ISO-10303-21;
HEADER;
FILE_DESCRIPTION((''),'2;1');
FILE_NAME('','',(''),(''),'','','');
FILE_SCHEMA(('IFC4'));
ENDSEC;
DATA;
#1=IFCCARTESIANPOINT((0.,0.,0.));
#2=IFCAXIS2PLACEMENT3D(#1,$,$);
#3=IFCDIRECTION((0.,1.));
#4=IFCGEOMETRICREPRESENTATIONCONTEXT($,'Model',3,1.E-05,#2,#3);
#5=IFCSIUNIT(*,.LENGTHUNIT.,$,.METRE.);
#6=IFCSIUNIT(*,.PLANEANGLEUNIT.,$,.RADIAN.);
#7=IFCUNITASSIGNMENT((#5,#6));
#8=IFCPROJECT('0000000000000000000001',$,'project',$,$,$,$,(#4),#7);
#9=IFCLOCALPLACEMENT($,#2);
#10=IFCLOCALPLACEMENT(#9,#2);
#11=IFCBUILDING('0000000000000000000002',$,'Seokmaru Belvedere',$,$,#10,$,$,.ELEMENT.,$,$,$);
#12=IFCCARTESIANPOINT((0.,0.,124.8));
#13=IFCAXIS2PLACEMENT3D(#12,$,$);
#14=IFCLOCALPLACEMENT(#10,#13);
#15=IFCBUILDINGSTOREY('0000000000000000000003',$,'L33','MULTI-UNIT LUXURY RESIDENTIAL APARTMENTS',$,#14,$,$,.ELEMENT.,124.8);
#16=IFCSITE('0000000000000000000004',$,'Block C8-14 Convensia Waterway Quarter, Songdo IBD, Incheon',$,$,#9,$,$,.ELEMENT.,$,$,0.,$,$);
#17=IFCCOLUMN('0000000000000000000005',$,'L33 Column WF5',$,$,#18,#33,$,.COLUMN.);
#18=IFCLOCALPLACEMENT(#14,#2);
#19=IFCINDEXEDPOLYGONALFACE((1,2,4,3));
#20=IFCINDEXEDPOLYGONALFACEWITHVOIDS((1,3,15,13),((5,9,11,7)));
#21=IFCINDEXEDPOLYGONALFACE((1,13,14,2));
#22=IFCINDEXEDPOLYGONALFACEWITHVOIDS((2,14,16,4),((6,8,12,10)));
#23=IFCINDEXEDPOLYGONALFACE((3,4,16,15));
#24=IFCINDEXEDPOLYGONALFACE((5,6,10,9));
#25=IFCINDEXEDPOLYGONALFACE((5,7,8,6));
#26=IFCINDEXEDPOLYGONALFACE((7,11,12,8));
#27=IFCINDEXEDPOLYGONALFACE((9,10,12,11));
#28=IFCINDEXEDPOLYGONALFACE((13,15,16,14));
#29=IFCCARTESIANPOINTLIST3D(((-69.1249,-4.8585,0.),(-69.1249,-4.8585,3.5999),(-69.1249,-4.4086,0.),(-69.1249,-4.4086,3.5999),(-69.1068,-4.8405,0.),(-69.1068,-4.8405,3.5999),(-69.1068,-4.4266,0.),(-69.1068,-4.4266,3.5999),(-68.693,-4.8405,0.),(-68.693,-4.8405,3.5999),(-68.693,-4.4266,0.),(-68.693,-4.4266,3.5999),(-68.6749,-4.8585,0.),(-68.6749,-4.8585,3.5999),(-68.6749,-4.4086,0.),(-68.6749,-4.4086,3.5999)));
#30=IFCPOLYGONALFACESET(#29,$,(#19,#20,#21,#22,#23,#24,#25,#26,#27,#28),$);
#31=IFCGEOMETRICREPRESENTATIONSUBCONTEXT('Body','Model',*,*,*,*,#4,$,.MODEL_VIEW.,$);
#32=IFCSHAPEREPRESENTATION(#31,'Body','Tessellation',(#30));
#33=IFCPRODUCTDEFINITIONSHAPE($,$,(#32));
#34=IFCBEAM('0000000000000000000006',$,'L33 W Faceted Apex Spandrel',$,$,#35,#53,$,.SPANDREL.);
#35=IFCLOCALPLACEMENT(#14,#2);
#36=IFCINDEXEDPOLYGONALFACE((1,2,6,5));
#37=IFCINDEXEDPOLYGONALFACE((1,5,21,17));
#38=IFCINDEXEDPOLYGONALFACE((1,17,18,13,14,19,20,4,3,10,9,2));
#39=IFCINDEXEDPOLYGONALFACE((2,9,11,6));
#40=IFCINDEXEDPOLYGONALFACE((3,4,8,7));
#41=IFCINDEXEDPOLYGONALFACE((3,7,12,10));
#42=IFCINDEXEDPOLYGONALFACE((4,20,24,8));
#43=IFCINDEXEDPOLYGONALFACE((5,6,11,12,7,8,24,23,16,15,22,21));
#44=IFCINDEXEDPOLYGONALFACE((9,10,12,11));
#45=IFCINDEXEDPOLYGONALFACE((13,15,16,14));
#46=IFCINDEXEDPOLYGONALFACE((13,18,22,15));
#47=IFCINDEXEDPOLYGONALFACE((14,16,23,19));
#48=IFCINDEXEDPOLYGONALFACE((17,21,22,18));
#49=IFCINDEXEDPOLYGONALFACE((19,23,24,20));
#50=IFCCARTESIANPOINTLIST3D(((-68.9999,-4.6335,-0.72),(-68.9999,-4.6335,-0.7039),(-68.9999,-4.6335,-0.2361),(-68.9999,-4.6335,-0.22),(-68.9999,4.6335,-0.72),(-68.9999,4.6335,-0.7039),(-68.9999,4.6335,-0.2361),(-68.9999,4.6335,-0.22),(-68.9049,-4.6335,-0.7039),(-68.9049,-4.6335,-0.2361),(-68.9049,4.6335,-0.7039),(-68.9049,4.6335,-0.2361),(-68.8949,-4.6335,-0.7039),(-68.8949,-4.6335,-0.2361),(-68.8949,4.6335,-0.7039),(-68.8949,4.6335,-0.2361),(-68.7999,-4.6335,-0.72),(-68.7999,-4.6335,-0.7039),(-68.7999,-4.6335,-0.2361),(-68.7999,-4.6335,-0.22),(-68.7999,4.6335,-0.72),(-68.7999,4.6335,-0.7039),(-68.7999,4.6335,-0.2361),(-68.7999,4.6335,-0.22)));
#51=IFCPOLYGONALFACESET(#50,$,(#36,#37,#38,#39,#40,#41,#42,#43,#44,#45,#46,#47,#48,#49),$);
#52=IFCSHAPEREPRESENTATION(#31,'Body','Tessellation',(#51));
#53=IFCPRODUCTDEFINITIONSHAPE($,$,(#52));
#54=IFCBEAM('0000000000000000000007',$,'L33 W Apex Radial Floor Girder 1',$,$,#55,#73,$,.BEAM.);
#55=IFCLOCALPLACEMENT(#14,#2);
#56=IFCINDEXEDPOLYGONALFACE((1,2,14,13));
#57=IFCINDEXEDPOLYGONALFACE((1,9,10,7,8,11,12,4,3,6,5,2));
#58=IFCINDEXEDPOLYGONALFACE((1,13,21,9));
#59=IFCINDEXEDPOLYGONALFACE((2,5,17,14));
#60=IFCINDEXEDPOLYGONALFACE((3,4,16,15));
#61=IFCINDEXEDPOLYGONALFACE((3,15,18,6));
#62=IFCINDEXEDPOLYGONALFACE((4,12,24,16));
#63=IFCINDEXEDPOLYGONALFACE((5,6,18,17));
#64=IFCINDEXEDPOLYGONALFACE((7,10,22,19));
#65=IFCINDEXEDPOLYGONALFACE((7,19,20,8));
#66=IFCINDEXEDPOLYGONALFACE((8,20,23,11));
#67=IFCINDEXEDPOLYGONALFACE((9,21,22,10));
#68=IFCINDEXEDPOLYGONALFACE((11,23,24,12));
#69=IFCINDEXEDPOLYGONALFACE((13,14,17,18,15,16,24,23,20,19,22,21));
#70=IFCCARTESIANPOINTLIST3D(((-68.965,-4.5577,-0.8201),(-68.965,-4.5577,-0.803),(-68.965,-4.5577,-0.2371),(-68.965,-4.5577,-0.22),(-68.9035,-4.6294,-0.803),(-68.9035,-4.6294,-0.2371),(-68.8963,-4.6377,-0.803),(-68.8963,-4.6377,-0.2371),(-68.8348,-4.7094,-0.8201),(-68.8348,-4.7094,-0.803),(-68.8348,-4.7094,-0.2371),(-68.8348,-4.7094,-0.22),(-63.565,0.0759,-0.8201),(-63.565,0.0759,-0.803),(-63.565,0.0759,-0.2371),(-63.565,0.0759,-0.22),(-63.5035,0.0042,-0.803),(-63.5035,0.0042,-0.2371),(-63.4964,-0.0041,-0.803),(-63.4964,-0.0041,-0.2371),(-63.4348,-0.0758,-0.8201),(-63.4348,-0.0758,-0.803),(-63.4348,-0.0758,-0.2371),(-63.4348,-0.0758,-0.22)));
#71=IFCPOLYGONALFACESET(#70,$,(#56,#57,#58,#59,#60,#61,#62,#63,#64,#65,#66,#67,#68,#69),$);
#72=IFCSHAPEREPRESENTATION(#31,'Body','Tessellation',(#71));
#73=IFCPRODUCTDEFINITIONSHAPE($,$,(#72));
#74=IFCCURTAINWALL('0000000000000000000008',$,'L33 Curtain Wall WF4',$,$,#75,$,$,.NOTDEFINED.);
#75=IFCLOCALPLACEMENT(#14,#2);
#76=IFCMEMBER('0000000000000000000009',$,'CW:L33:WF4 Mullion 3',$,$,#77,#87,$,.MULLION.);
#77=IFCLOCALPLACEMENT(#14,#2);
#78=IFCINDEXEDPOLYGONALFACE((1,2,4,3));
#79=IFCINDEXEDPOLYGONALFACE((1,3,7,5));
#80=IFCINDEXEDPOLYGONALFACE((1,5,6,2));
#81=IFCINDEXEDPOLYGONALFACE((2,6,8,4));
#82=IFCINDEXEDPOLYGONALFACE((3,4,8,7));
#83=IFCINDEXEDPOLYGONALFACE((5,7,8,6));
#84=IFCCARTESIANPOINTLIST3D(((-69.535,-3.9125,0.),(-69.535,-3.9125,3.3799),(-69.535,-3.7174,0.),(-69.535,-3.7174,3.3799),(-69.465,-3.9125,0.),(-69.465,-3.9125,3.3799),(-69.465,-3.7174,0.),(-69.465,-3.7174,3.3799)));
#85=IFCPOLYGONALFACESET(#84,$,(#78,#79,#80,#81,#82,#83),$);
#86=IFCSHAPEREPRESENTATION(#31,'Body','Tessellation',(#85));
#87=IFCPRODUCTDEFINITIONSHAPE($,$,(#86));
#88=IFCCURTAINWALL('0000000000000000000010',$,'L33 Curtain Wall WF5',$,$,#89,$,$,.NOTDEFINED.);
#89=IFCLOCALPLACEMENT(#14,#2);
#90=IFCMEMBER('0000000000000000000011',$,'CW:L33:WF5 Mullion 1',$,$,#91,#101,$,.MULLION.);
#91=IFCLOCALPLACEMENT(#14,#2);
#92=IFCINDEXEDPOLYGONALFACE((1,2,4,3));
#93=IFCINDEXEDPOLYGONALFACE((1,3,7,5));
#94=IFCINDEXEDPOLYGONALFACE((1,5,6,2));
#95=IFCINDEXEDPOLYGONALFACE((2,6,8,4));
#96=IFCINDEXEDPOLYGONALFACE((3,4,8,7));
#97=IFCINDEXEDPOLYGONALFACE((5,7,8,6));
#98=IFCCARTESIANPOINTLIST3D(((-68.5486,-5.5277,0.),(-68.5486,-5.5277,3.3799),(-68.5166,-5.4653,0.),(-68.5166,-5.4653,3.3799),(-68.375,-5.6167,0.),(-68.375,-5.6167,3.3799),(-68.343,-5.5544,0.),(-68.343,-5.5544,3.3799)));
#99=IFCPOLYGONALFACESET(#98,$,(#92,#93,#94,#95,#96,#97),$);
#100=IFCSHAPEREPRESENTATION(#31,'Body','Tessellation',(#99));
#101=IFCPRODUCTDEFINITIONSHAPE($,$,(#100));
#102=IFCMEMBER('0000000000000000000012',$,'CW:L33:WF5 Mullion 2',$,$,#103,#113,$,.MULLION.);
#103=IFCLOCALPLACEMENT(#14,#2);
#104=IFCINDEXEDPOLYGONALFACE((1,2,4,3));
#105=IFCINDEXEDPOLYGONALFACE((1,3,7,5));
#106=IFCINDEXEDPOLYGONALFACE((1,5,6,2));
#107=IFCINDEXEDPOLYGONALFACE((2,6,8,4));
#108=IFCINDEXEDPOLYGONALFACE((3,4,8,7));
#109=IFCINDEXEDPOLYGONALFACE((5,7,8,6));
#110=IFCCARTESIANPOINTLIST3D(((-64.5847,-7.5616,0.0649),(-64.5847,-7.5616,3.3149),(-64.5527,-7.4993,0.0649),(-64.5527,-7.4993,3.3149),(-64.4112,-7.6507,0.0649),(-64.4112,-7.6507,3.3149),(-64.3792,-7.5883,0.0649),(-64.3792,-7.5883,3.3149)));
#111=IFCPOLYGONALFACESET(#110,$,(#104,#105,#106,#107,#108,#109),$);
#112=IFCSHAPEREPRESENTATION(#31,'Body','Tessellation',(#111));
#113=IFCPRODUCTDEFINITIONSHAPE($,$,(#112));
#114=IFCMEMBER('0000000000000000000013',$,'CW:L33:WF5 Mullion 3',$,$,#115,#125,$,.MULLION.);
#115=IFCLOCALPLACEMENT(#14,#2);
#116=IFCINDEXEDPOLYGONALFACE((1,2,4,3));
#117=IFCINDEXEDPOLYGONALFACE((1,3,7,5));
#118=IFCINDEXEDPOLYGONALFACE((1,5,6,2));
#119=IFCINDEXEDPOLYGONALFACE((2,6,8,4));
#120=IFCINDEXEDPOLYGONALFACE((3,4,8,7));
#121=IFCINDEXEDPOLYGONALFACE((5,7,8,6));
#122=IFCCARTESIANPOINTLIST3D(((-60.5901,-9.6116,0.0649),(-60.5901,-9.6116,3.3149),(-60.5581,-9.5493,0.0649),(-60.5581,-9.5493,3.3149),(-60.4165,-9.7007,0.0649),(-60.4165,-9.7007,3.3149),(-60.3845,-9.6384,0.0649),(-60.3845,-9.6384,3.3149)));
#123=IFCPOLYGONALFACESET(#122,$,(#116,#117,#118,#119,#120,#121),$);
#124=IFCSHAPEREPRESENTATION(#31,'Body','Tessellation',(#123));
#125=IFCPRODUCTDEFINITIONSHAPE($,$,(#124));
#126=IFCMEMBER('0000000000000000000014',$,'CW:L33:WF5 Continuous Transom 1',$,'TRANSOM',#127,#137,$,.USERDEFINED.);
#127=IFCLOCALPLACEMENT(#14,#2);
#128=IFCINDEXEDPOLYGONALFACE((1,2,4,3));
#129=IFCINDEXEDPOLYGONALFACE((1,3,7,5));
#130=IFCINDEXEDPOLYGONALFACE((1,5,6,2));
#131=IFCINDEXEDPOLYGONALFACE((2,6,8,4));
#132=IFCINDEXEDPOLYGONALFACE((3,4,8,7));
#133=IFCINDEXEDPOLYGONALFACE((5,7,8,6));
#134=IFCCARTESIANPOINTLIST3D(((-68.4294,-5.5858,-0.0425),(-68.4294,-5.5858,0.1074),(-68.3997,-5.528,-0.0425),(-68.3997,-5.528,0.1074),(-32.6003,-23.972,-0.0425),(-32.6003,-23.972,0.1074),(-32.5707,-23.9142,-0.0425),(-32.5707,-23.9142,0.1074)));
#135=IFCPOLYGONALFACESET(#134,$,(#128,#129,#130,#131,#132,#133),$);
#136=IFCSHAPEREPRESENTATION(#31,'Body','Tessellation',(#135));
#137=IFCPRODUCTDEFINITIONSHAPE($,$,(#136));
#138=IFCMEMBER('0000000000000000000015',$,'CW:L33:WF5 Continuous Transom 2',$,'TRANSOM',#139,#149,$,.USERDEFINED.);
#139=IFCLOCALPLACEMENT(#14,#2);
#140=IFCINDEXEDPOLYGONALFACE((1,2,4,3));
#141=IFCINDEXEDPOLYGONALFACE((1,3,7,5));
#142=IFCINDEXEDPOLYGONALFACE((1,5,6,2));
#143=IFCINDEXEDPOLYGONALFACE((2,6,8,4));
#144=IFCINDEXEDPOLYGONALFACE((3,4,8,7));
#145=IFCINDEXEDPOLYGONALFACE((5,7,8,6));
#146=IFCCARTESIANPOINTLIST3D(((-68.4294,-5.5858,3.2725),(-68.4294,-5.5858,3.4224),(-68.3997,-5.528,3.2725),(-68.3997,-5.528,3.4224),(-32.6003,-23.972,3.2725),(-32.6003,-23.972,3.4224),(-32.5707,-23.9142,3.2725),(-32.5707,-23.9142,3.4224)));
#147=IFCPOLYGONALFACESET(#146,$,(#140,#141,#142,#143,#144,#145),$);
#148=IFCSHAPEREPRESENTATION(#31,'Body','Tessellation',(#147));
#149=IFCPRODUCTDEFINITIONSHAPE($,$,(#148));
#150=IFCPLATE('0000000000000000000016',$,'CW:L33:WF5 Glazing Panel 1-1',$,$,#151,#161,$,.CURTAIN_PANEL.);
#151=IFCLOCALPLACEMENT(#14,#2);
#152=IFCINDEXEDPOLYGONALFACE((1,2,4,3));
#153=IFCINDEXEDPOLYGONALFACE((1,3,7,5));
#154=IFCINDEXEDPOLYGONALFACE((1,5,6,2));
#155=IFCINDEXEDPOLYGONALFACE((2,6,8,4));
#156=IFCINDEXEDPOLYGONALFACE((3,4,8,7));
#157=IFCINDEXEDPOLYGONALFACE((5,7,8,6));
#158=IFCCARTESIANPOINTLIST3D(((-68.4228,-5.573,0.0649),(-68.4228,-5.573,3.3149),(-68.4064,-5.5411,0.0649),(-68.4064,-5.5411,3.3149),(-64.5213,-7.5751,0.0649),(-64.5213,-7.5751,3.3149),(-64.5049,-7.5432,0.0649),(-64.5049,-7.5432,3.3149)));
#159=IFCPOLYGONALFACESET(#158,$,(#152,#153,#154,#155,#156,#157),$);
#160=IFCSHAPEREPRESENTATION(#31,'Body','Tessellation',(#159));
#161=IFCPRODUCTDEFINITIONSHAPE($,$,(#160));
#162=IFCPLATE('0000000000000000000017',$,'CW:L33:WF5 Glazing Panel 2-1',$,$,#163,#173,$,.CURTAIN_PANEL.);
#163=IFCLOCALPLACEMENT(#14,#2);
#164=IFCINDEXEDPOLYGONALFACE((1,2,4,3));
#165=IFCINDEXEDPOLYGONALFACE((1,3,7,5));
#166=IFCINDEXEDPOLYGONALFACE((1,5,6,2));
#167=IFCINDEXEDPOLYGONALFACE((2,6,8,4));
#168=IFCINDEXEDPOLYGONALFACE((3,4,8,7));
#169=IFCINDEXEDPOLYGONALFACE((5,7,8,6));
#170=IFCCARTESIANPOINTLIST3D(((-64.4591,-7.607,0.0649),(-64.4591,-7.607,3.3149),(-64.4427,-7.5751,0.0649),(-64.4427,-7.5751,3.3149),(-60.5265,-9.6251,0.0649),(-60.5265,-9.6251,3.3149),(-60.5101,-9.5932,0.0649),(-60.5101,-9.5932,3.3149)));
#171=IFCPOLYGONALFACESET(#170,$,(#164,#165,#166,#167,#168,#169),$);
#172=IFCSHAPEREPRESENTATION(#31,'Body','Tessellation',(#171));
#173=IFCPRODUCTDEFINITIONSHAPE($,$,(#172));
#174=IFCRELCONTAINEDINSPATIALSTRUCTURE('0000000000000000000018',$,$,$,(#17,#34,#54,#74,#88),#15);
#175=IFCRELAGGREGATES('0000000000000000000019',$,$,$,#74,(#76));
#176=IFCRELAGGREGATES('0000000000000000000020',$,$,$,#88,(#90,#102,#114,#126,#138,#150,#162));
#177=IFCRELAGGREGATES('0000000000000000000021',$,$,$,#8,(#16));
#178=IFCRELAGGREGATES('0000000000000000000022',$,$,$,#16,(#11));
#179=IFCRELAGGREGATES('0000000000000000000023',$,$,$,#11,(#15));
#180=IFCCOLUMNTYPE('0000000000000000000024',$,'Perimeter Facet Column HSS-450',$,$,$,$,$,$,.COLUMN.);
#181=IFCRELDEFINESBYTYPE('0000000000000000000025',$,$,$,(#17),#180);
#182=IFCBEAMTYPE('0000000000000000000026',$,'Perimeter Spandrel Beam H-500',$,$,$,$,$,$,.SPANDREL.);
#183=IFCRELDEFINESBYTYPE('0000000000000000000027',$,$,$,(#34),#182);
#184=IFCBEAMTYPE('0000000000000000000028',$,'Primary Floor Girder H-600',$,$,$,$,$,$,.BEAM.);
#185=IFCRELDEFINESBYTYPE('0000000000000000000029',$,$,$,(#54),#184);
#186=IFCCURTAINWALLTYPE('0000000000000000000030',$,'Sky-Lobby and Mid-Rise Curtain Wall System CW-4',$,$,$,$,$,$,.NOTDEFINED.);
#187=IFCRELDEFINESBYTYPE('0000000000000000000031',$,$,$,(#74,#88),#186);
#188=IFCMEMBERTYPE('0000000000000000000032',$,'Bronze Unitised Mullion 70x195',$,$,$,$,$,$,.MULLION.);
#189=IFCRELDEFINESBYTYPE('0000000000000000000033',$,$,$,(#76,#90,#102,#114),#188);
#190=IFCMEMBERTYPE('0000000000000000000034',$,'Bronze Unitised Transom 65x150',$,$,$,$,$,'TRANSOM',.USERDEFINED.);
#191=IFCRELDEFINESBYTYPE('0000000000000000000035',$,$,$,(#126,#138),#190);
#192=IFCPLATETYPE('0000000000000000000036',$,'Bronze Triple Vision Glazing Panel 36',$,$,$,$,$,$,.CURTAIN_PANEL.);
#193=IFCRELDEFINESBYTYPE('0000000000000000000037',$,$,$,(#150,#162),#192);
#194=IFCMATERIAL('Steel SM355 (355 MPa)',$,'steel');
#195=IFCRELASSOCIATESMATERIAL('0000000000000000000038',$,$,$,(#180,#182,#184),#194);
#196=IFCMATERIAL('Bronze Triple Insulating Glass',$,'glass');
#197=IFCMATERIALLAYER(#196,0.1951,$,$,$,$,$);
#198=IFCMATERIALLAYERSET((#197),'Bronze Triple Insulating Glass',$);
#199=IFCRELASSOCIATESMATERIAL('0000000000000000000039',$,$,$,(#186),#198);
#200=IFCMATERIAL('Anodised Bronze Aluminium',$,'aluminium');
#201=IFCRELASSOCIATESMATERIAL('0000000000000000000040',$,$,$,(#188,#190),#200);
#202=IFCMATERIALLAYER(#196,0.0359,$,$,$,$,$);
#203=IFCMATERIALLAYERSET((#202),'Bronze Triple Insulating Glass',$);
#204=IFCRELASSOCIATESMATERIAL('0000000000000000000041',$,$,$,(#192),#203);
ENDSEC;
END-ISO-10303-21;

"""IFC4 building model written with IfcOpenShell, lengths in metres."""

from ifc_helpers import new_model, si_unit, direction, frame, origin, origin_2d, place, context, subcontext, project, spatial, rectangle, hollow_rectangle, i_section, extrude, source, transform, mapped, material, layer, layer_set, material_profile, profile_set, type_object, type_shapes, element, aggregate, save


model = new_model("IFC4")

# Units and contexts
model_context = context("Model", 3, precision=1e-05, world=origin(), true_north=direction((0.0, 1.0)))
body_context = subcontext(model_context, "Body", "Model", "MODEL_VIEW")
ifc_project = project(units=[si_unit("LENGTHUNIT", "METRE"), si_unit("PLANEANGLEUNIT", "RADIAN")], contexts=[model_context])

# Site, building, storey
site_placement = place(None, origin())
site = spatial("IfcSite", under=ifc_project, at=site_placement, Name="Block C8-14 Convensia Waterway Quarter, Songdo IBD, Incheon", CompositionType="ELEMENT", RefElevation=0.0)
building_placement = place(site_placement, origin())
building = spatial("IfcBuilding", under=site, at=building_placement, Name="Seokmaru Belvedere", CompositionType="ELEMENT")
storey_placement = place(building_placement, frame((0.0, 0.0, 124.8)))
storey = spatial("IfcBuildingStorey", under=building, at=storey_placement, Name="L33", Description="MULTI-UNIT LUXURY RESIDENTIAL APARTMENTS", CompositionType="ELEMENT", Elevation=124.8)

# Column
ifc_material_1 = material(Name="Steel SM355 (355 MPa)", Category="steel")
ifc_material_profile_1 = material_profile(ifc_material_1, hollow_rectangle(XDim=0.45, YDim=0.45, WallThickness=0.0181, at=origin_2d()), Name="HSS-450x450x18")
ifc_profile_set_1 = profile_set([ifc_material_profile_1], Name="Steel SM355 (355 MPa)")
column_type = type_object("IfcColumnType", Name="Perimeter Facet Column HSS-450", PredefinedType="COLUMN", material=ifc_profile_set_1)
shared_shape_1 = source(origin(), body_context, "Body", "SweptSolid", [
    extrude(hollow_rectangle(XDim=0.45, YDim=0.45, WallThickness=0.0181, at=origin_2d()), origin(), (0.0, 0.0, 1.0), 3.5999),
])
type_shapes(column_type, [shared_shape_1])
column_placement = place(storey_placement, frame((-68.8999, -4.6335, 0.0), z_axis=(0.0, 0.0, 1.0), x_axis=(1.0, 0.0, 0.0)))
element("IfcColumn", 1, at=column_placement, inside=storey, type_object=column_type, Name="L33 Column WF5", PredefinedType="COLUMN", context=body_context, shape_type="MappedRepresentation", body=[
    mapped(shared_shape_1, transform((0.0, 0.0, 0.0), scale=1.0)),
])

# Beams
ifc_material_profile_2 = material_profile(ifc_material_1, i_section(OverallWidth=0.2, OverallDepth=0.5, WebThickness=0.01, FlangeThickness=0.0161, at=origin_2d()), Name="H-500x200x10x16")
ifc_profile_set_2 = profile_set([ifc_material_profile_2], Name="Steel SM355 (355 MPa)")
beam_type_1 = type_object("IfcBeamType", Name="Perimeter Spandrel Beam H-500", PredefinedType="SPANDREL", material=ifc_profile_set_2)
shared_shape_2 = source(origin(), body_context, "Body", "SweptSolid", [
    extrude(i_section(OverallWidth=0.2, OverallDepth=0.5, WebThickness=0.01, FlangeThickness=0.0161, at=origin_2d()), origin(), (0.0, 0.0, 1.0), 9.2671),
])
type_shapes(beam_type_1, [shared_shape_2])
beam_1_placement = place(storey_placement, frame((-68.8999, -4.6335, -0.47), z_axis=(0.0, 1.0, 0.0), x_axis=(-1.0, 0.0, 0.0)))
element("IfcBeam", 2, at=beam_1_placement, inside=storey, type_object=beam_type_1, Name="L33 W Faceted Apex Spandrel", PredefinedType="SPANDREL", context=body_context, shape_type="MappedRepresentation", body=[
    mapped(shared_shape_2, transform((0.0, 0.0, 0.0), scale=1.0)),
])
ifc_material_profile_3 = material_profile(ifc_material_1, i_section(OverallWidth=0.2, OverallDepth=0.6001, WebThickness=0.011, FlangeThickness=0.0171, at=origin_2d()), Name="H-600x200x11x17")
ifc_profile_set_3 = profile_set([ifc_material_profile_3], Name="Steel SM355 (355 MPa)")
beam_type_2 = type_object("IfcBeamType", Name="Primary Floor Girder H-600", PredefinedType="BEAM", material=ifc_profile_set_3)
shared_shape_3 = source(origin(), body_context, "Body", "SweptSolid", [
    extrude(i_section(OverallWidth=0.2, OverallDepth=0.6001, WebThickness=0.011, FlangeThickness=0.0171, at=origin_2d()), origin(), (0.0, 0.0, 1.0), 7.1155),
])
type_shapes(beam_type_2, [shared_shape_3])
beam_2_placement = place(storey_placement, frame((-68.8999, -4.6335, -0.52), z_axis=(0.758905, 0.651201, 0.0), x_axis=(-0.651201, 0.758905, 0.0)))
element("IfcBeam", 3, at=beam_2_placement, inside=storey, type_object=beam_type_2, Name="L33 W Apex Radial Floor Girder 1", PredefinedType="BEAM", context=body_context, shape_type="MappedRepresentation", body=[
    mapped(shared_shape_3, transform((0.0, 0.0, 0.0), scale=1.0)),
])

# Curtain wall, member
ifc_material_2 = material(Name="Bronze Triple Insulating Glass", Category="glass")
ifc_layer_1 = layer(ifc_material_2, 0.1951)
ifc_layer_set_1 = layer_set([ifc_layer_1], Name="Bronze Triple Insulating Glass")
curtain_wall_type = type_object("IfcCurtainWallType", Name="Sky-Lobby and Mid-Rise Curtain Wall System CW-4", PredefinedType="NOTDEFINED", material=ifc_layer_set_1)
curtain_wall_1_placement = place(storey_placement, origin())
curtain_wall_1 = element("IfcCurtainWall", 4, at=curtain_wall_1_placement, inside=storey, type_object=curtain_wall_type, Name="L33 Curtain Wall WF4", PredefinedType="NOTDEFINED")
ifc_material_3 = material(Name="Anodised Bronze Aluminium", Category="aluminium")
ifc_material_profile_4 = material_profile(ifc_material_3, rectangle(XDim=0.0701, YDim=0.1951, at=origin_2d()), Name="CW-M-70x195")
ifc_profile_set_4 = profile_set([ifc_material_profile_4], Name="Anodised Bronze Aluminium")
member_type_1 = type_object("IfcMemberType", Name="Bronze Unitised Mullion 70x195", PredefinedType="MULLION", material=ifc_profile_set_4)
shared_shape_4 = source(origin(), body_context, "Body", "SweptSolid", [
    extrude(rectangle(XDim=0.0701, YDim=0.1951, at=origin_2d()), origin(), (0.0, 0.0, 1.0), 3.3799),
])
member_1_placement = place(storey_placement, frame((-69.5, -3.8149, 0.0), z_axis=(0.0, 0.0, 1.0), x_axis=(1.0, 0.0, 0.0)))
member_1 = element("IfcMember", 5, at=member_1_placement, type_object=member_type_1, Name="CW:L33:WF4 Mullion 3", PredefinedType="MULLION", context=body_context, shape_type="MappedRepresentation", body=[
    mapped(shared_shape_4, transform((0.0, 0.0, 0.0), scale=1.0)),
])
aggregate(curtain_wall_1, [member_1])

# Curtain wall, members, plates
curtain_wall_2_placement = place(storey_placement, origin())
curtain_wall_2 = element("IfcCurtainWall", 6, at=curtain_wall_2_placement, inside=storey, type_object=curtain_wall_type, Name="L33 Curtain Wall WF5", PredefinedType="NOTDEFINED")
member_2_placement = place(storey_placement, frame((-68.4458, -5.541, 0.0), z_axis=(0.0, 0.0, 1.0), x_axis=(0.456555, 0.889695, 0.0)))
member_2 = element("IfcMember", 7, at=member_2_placement, type_object=member_type_1, Name="CW:L33:WF5 Mullion 1", PredefinedType="MULLION", context=body_context, shape_type="MappedRepresentation", body=[
    mapped(shared_shape_4, transform((0.0, 0.0, 0.0), scale=1.0)),
])
shared_shape_5 = source(origin(), body_context, "Body", "SweptSolid", [
    extrude(rectangle(XDim=0.0701, YDim=0.1951, at=origin_2d()), origin(), (0.0, 0.0, 1.0), 3.25),
])
type_shapes(member_type_1, [shared_shape_4, shared_shape_5])
member_3_placement = place(storey_placement, frame((-64.4819, -7.575, 0.0649), z_axis=(0.0, 0.0, 1.0), x_axis=(0.456555, 0.889695, 0.0)))
member_3 = element("IfcMember", 8, at=member_3_placement, type_object=member_type_1, Name="CW:L33:WF5 Mullion 2", PredefinedType="MULLION", context=body_context, shape_type="MappedRepresentation", body=[
    mapped(shared_shape_5, transform((0.0, 0.0, 0.0), scale=1.0)),
])
member_4_placement = place(storey_placement, frame((-60.4873, -9.625, 0.0649), z_axis=(0.0, 0.0, 1.0), x_axis=(0.456555, 0.889695, 0.0)))
member_4 = element("IfcMember", 9, at=member_4_placement, type_object=member_type_1, Name="CW:L33:WF5 Mullion 3", PredefinedType="MULLION", context=body_context, shape_type="MappedRepresentation", body=[
    mapped(shared_shape_5, transform((0.0, 0.0, 0.0), scale=1.0)),
])
ifc_material_profile_5 = material_profile(ifc_material_3, rectangle(XDim=0.0649, YDim=0.1499, at=origin_2d()), Name="CW-T-65x150")
ifc_profile_set_5 = profile_set([ifc_material_profile_5], Name="Anodised Bronze Aluminium")
member_type_2 = type_object("IfcMemberType", Name="Bronze Unitised Transom 65x150", ElementType="TRANSOM", PredefinedType="USERDEFINED", material=ifc_profile_set_5)
shared_shape_6 = source(origin(), body_context, "Body", "SweptSolid", [
    extrude(rectangle(XDim=0.0649, YDim=0.1499, at=origin_2d()), origin(), (0.0, 0.0, 1.0), 40.2712),
])
type_shapes(member_type_2, [shared_shape_6])
member_5_placement = place(storey_placement, frame((-68.4146, -5.5569, 0.0325), z_axis=(0.889693, -0.456559, 0.0), x_axis=(0.456559, 0.889693, 0.0)))
member_5 = element("IfcMember", 10, at=member_5_placement, type_object=member_type_2, Name="CW:L33:WF5 Continuous Transom 1", ObjectType="TRANSOM", PredefinedType="USERDEFINED", context=body_context, shape_type="MappedRepresentation", body=[
    mapped(shared_shape_6, transform((0.0, 0.0, 0.0), scale=1.0)),
])
member_6_placement = place(storey_placement, frame((-68.4146, -5.5569, 3.3474), z_axis=(0.889693, -0.456559, 0.0), x_axis=(0.456559, 0.889693, 0.0)))
member_6 = element("IfcMember", 11, at=member_6_placement, type_object=member_type_2, Name="CW:L33:WF5 Continuous Transom 2", ObjectType="TRANSOM", PredefinedType="USERDEFINED", context=body_context, shape_type="MappedRepresentation", body=[
    mapped(shared_shape_6, transform((0.0, 0.0, 0.0), scale=1.0)),
])
ifc_layer_2 = layer(ifc_material_2, 0.0359)
ifc_layer_set_2 = layer_set([ifc_layer_2], Name="Bronze Triple Insulating Glass")
plate_type = type_object("IfcPlateType", Name="Bronze Triple Vision Glazing Panel 36", PredefinedType="CURTAIN_PANEL", material=ifc_layer_set_2)
shared_shape_7 = source(origin(), body_context, "Body", "SweptSolid", [
    extrude(rectangle(XDim=4.3853, YDim=0.0359, at=origin_2d()), origin(), (0.0, 0.0, 1.0), 3.25),
])
plate_1_placement = place(storey_placement, frame((-66.4639, -6.5581, 0.0649), z_axis=(0.0, 0.0, 1.0), x_axis=(0.889695, -0.456555, 0.0)))
plate_1 = element("IfcPlate", 12, at=plate_1_placement, type_object=plate_type, Name="CW:L33:WF5 Glazing Panel 1-1", PredefinedType="CURTAIN_PANEL", context=body_context, shape_type="MappedRepresentation", body=[
    mapped(shared_shape_7, transform((0.0, 0.0, 0.0), scale=1.0)),
])
shared_shape_8 = source(origin(), body_context, "Body", "SweptSolid", [
    extrude(rectangle(XDim=4.4202, YDim=0.0359, at=origin_2d()), origin(), (0.0, 0.0, 1.0), 3.25),
])
type_shapes(plate_type, [shared_shape_7, shared_shape_8])
plate_2_placement = place(storey_placement, frame((-62.4846, -8.6001, 0.0649), z_axis=(0.0, 0.0, 1.0), x_axis=(0.889695, -0.456555, 0.0)))
plate_2 = element("IfcPlate", 13, at=plate_2_placement, type_object=plate_type, Name="CW:L33:WF5 Glazing Panel 2-1", PredefinedType="CURTAIN_PANEL", context=body_context, shape_type="MappedRepresentation", body=[
    mapped(shared_shape_8, transform((0.0, 0.0, 0.0), scale=1.0)),
])
aggregate(curtain_wall_2, [member_2, member_3, member_4, member_5, member_6, plate_1, plate_2])

save(model, "model.ifc")
